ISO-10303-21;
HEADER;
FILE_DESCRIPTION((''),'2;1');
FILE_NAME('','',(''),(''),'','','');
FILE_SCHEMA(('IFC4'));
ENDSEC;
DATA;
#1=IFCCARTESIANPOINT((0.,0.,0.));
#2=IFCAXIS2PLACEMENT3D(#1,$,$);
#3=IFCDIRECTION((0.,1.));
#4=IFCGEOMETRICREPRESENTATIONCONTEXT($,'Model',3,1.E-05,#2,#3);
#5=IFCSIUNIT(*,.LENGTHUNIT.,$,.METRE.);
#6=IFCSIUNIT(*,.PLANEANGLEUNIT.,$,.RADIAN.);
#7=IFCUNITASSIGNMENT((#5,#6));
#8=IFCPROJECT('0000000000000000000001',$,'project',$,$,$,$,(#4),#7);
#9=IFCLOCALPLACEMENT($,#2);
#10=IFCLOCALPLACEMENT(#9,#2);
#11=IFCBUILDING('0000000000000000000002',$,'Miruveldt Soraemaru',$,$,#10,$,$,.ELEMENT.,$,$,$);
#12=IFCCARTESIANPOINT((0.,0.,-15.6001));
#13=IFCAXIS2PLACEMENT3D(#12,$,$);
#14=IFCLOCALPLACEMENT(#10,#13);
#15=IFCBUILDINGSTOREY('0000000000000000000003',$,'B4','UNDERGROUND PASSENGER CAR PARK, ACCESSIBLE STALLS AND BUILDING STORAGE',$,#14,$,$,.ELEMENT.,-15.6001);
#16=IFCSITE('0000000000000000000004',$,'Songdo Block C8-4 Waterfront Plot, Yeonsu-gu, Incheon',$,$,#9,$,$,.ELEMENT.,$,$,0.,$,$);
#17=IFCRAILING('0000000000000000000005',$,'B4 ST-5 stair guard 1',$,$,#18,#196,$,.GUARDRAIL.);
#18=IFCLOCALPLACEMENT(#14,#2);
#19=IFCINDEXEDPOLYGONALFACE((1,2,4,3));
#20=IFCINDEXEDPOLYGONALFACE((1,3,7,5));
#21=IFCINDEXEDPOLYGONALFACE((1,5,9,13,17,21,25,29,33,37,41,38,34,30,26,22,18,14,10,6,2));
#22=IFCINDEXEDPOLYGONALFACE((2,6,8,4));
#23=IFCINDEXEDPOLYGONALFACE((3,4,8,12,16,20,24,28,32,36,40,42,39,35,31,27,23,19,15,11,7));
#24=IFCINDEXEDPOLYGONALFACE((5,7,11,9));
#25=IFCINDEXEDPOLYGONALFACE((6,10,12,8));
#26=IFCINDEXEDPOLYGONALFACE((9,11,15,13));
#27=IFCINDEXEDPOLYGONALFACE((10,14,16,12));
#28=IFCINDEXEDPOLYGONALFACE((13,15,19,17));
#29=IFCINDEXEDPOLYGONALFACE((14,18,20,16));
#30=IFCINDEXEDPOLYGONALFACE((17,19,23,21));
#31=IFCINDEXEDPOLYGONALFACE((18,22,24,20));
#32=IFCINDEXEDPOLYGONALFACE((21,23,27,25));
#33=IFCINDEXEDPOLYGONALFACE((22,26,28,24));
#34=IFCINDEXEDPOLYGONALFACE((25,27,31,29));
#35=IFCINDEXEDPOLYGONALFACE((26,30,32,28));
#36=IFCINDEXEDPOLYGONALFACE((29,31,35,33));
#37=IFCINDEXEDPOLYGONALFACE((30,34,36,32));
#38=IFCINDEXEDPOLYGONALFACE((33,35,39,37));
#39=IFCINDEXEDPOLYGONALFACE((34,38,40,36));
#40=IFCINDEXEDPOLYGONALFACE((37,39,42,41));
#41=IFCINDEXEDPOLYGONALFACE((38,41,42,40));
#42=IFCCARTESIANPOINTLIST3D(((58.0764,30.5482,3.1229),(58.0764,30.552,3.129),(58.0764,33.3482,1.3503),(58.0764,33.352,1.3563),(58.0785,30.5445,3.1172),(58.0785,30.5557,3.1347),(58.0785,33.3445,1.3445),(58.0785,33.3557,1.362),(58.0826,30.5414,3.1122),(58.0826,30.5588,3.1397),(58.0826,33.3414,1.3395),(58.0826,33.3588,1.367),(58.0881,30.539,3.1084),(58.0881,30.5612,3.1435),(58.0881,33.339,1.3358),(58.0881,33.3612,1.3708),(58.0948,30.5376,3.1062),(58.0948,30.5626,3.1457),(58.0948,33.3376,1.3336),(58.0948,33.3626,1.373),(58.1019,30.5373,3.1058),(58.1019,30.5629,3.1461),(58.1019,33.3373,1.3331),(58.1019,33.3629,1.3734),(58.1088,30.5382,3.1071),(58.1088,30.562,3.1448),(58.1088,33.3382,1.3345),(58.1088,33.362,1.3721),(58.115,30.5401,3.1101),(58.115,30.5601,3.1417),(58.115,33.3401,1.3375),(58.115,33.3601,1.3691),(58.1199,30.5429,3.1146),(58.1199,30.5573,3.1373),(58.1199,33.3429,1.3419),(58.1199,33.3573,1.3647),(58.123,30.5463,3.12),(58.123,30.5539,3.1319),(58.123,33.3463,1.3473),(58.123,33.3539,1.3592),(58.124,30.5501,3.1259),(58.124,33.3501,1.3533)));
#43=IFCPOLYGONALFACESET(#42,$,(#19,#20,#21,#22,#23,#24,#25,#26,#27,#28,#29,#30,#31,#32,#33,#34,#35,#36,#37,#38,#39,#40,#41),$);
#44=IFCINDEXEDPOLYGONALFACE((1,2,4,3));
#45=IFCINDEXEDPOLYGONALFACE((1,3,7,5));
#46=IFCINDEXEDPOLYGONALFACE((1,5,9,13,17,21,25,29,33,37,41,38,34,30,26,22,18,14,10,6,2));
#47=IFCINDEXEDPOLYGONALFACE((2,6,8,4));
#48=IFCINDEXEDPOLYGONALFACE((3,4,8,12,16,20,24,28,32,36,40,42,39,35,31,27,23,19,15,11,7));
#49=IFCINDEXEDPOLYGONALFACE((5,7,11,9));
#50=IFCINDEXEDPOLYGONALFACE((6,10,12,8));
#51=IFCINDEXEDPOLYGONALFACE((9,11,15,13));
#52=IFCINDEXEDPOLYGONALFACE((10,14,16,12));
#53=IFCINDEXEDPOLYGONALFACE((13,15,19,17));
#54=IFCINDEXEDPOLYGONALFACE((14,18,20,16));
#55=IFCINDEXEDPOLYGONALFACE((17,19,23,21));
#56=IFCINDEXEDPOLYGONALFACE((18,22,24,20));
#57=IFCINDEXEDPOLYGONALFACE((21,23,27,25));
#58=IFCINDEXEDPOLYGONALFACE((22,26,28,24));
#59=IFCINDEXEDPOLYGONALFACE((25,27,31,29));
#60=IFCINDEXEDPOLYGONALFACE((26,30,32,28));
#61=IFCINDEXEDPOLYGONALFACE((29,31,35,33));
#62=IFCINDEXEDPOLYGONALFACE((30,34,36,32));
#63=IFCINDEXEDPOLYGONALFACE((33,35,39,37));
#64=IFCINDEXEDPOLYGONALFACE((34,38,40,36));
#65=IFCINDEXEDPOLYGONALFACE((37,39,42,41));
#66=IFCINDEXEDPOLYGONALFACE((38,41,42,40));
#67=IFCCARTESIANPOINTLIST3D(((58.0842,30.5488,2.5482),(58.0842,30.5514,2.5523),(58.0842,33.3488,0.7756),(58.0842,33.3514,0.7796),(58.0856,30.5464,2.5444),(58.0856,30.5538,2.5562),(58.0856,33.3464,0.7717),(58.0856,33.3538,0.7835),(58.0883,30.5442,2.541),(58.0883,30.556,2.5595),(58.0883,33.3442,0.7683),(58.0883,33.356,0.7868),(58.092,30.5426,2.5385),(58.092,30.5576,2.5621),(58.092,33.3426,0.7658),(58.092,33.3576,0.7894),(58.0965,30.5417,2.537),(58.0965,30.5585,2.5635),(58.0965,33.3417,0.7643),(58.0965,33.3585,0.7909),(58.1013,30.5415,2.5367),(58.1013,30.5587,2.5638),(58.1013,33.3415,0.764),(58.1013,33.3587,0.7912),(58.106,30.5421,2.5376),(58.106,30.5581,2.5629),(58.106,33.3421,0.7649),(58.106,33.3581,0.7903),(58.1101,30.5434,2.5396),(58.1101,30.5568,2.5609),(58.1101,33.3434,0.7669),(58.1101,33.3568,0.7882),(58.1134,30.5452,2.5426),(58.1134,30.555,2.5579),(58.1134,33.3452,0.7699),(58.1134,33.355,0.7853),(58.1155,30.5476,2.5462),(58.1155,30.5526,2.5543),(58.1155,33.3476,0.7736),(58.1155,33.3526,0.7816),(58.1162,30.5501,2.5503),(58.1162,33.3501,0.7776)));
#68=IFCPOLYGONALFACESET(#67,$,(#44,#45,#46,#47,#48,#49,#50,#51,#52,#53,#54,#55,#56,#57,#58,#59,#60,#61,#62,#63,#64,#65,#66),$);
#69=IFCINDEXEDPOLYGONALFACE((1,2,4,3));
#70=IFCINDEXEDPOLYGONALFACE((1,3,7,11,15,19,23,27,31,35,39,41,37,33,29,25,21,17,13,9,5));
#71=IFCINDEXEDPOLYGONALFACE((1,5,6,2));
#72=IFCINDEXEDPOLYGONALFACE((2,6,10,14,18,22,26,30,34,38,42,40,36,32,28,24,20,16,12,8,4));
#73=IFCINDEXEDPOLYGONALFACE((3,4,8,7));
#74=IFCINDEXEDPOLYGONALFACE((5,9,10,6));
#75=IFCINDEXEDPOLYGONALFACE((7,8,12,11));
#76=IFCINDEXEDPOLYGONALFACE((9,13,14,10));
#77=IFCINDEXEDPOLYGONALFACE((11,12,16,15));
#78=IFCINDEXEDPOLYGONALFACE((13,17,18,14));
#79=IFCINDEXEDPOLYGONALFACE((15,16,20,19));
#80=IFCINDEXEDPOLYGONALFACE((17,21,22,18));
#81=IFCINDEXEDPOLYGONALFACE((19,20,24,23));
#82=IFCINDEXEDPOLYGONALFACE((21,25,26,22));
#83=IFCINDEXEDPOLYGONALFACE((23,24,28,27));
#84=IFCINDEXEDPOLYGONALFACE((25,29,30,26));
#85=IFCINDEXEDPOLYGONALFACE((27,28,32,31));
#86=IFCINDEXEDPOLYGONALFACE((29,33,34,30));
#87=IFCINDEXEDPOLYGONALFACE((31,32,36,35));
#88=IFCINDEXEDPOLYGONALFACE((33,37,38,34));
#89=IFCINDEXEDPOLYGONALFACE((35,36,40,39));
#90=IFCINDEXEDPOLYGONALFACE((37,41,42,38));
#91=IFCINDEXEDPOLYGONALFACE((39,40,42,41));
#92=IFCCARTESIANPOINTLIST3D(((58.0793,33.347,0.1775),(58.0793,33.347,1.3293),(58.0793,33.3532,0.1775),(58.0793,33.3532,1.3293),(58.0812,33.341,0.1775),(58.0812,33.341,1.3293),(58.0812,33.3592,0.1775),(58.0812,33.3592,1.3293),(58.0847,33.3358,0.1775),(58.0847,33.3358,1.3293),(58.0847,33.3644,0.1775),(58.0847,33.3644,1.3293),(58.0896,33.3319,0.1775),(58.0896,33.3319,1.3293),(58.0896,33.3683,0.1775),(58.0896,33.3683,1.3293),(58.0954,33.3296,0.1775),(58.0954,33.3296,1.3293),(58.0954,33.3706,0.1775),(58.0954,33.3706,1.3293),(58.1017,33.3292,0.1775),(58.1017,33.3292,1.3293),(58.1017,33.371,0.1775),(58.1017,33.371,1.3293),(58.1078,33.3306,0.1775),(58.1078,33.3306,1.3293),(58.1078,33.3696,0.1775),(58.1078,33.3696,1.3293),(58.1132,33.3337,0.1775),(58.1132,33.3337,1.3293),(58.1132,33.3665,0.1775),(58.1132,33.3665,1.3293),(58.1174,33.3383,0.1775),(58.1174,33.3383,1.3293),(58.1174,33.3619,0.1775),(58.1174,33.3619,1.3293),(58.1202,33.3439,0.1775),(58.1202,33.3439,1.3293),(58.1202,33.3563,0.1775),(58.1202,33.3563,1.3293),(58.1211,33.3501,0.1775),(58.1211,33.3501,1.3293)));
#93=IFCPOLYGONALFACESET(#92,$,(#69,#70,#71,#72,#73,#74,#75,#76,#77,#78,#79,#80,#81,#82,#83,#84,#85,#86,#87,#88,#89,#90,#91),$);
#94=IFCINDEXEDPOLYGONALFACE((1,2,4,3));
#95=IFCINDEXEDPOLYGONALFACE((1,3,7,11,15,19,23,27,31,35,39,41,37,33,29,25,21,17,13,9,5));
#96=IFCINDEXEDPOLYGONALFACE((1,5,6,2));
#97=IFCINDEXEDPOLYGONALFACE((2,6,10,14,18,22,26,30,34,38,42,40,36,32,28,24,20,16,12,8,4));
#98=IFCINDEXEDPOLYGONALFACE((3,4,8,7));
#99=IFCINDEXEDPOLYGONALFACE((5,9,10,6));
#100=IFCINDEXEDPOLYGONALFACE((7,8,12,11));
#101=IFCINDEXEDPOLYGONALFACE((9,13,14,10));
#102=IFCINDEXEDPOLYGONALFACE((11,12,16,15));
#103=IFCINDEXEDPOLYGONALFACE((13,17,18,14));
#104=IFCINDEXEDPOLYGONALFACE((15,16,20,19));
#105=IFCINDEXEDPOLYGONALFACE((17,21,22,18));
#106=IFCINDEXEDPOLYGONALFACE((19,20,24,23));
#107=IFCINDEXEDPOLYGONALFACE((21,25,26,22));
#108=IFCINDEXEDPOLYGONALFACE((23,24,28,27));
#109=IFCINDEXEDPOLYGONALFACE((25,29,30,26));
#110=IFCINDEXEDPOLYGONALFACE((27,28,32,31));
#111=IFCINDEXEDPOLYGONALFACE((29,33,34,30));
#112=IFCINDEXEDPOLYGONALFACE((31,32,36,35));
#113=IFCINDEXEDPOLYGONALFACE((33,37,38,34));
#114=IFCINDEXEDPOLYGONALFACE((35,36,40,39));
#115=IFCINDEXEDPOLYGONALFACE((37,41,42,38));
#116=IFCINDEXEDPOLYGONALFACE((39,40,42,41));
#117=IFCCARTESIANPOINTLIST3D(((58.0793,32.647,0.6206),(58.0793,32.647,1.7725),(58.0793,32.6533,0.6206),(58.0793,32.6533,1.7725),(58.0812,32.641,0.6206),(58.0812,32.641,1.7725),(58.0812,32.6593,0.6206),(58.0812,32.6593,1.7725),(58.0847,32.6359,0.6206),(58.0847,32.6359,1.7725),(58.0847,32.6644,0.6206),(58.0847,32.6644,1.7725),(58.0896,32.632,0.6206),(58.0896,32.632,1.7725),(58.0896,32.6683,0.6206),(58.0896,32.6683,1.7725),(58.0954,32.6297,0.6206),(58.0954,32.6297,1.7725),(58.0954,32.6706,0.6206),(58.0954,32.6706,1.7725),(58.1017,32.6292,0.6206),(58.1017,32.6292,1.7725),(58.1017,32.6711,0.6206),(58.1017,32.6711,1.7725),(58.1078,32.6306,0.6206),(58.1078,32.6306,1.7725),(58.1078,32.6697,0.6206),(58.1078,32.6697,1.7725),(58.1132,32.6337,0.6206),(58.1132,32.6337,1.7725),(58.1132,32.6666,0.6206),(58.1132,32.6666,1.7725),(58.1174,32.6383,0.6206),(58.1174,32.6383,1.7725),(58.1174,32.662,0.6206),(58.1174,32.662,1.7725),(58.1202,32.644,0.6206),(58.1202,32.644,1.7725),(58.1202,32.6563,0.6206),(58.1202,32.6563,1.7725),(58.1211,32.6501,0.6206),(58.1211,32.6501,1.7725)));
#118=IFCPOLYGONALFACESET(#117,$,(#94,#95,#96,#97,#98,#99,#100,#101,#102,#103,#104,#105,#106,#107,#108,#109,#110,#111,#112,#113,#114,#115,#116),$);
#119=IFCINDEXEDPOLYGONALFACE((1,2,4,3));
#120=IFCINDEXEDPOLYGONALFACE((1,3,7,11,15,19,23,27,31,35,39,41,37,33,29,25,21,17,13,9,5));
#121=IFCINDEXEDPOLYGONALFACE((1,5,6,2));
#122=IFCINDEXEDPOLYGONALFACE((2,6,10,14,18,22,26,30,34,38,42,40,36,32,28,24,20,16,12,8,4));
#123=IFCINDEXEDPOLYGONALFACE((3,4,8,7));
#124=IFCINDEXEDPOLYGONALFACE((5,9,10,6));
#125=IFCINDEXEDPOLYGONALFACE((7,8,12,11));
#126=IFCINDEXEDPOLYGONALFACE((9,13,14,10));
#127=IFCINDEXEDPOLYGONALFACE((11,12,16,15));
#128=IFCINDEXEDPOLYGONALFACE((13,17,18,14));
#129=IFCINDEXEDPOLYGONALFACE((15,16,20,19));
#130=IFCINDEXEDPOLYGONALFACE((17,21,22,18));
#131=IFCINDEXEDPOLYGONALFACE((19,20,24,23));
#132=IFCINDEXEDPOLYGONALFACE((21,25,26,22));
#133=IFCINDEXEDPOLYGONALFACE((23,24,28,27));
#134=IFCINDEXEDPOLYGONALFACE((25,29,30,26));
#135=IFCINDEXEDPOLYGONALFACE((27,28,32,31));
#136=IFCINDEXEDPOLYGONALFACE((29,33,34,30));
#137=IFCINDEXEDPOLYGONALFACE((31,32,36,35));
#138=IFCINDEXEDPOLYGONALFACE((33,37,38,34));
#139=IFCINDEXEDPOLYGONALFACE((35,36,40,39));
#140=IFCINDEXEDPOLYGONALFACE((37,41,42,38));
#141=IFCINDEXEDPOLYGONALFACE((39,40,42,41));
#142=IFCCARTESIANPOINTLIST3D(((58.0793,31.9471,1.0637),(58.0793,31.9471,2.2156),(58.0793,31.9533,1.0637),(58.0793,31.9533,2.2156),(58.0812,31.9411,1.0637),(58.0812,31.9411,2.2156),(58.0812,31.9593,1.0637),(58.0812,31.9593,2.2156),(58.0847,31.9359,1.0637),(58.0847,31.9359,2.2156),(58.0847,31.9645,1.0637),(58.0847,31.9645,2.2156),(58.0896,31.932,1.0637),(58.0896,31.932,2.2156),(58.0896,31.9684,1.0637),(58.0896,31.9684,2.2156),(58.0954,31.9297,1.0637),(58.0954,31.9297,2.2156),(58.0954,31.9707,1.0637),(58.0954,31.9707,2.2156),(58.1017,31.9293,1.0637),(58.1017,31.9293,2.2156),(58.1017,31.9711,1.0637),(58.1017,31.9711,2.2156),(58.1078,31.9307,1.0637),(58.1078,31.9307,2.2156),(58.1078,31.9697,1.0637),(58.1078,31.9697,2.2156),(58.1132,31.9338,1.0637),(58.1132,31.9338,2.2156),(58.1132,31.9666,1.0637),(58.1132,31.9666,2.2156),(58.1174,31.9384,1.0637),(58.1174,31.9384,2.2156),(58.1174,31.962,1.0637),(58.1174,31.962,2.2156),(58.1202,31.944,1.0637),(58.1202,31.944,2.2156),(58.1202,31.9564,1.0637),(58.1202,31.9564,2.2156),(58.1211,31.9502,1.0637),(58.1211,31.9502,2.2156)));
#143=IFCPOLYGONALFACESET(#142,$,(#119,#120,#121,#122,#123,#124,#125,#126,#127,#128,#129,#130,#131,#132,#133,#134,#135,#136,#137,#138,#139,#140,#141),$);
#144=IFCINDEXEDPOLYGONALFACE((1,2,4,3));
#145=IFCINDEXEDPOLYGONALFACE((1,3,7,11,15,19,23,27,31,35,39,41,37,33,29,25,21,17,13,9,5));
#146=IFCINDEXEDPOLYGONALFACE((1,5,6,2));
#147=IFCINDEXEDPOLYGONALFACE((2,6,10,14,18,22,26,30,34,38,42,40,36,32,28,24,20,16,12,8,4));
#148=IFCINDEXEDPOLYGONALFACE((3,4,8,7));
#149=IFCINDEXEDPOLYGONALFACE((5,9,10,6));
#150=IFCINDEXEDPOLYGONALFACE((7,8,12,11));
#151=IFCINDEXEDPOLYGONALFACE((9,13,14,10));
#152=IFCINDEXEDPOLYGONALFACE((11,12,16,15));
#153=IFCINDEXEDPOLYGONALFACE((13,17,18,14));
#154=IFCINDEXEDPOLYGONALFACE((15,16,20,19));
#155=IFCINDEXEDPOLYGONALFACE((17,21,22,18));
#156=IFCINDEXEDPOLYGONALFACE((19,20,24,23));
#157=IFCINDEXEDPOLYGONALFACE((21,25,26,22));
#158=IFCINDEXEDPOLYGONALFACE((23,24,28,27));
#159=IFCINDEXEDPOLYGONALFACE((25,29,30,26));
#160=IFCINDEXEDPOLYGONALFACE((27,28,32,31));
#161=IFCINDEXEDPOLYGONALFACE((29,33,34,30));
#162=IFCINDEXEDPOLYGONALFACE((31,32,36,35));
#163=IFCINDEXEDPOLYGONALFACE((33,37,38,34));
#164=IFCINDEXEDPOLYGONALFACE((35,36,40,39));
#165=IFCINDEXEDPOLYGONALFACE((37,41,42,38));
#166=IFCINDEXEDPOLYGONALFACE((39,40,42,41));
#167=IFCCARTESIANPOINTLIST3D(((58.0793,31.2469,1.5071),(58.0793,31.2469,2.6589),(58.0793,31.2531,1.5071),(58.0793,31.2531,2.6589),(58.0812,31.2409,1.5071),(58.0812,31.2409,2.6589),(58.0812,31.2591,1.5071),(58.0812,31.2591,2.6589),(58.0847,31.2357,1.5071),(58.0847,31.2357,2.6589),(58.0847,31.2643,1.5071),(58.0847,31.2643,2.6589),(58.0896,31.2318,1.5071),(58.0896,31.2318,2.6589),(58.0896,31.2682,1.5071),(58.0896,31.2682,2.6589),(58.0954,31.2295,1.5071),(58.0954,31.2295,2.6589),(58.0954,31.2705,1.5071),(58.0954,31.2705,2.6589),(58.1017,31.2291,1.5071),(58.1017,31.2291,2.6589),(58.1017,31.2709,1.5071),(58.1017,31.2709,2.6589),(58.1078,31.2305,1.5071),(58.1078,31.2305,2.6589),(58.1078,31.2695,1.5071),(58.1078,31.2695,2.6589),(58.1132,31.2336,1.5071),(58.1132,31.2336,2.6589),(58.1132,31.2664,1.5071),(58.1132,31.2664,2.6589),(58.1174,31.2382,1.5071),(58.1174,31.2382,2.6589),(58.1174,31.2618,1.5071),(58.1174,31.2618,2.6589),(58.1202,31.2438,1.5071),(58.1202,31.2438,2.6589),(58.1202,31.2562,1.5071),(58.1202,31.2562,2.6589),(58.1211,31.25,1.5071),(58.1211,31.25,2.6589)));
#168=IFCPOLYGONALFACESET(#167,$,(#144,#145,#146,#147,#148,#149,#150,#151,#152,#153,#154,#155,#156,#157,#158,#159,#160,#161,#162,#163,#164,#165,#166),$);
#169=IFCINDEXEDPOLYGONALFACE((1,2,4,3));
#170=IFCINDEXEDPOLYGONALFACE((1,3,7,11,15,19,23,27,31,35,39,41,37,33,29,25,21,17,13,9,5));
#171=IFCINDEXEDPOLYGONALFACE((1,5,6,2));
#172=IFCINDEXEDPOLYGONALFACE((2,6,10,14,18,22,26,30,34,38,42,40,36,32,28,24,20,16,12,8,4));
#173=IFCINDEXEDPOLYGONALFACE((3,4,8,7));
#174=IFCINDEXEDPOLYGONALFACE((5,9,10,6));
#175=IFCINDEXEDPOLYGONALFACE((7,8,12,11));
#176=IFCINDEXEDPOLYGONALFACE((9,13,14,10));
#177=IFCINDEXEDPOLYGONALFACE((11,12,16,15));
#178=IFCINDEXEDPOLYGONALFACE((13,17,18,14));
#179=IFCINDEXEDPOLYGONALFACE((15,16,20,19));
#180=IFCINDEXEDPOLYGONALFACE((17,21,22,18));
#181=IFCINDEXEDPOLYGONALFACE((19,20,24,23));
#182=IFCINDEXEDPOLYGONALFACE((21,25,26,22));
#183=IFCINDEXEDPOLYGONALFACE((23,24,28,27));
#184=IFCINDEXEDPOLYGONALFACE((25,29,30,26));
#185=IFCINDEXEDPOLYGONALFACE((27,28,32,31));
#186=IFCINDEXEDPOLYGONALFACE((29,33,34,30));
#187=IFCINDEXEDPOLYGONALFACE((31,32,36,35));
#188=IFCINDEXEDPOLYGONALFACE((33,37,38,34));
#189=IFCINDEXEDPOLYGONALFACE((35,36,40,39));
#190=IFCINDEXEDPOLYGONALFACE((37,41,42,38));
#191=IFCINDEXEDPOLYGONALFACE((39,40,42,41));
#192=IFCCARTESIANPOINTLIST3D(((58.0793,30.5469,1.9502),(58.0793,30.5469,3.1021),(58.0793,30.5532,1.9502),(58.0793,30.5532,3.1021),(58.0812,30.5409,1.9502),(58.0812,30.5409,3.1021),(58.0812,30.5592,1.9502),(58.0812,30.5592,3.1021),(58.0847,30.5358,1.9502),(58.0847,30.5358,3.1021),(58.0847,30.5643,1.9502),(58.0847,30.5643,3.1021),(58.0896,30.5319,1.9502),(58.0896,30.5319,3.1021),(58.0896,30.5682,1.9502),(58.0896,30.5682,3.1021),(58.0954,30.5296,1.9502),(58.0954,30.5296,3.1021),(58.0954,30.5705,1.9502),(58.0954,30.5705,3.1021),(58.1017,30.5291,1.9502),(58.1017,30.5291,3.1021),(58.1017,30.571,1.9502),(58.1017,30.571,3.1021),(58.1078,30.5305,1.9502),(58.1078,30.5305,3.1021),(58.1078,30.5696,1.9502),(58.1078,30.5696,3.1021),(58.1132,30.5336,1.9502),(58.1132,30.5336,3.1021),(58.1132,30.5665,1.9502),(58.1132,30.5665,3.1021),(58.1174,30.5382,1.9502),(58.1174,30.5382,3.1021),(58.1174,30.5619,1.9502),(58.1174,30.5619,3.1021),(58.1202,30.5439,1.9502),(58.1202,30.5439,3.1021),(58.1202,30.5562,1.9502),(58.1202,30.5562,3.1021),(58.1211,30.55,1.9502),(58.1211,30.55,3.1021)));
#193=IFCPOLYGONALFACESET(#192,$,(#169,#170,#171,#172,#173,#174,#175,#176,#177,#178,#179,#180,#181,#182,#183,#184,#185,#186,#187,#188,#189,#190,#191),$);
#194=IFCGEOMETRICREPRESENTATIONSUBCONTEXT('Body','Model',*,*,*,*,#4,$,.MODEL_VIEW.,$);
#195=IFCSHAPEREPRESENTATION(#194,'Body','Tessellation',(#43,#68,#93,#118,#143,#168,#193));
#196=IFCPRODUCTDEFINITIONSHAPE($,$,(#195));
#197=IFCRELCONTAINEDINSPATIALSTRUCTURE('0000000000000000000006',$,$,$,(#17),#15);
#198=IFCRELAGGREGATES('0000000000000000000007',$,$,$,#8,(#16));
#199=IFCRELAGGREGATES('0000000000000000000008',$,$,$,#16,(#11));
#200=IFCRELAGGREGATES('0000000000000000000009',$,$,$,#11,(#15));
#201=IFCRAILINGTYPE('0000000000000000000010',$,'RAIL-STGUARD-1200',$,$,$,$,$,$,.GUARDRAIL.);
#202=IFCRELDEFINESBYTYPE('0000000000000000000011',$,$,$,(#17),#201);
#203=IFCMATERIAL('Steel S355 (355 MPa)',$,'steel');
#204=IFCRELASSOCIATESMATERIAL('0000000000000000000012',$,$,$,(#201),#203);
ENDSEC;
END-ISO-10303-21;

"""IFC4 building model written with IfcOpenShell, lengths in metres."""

from ifc_helpers import new_model, si_unit, direction, frame, origin, origin_2d, place, context, subcontext, project, spatial, circle, extrude, material, type_object, element, save


model = new_model("IFC4")

# Units and contexts
model_context = context("Model", 3, precision=1e-05, world=origin(), true_north=direction((0.0, 1.0)))
body_context = subcontext(model_context, "Body", "Model", "MODEL_VIEW")
ifc_project = project(units=[si_unit("LENGTHUNIT", "METRE"), si_unit("PLANEANGLEUNIT", "RADIAN")], contexts=[model_context])

# Site, building, storey
site_placement = place(None, origin())
site = spatial("IfcSite", under=ifc_project, at=site_placement, Name="Songdo Block C8-4 Waterfront Plot, Yeonsu-gu, Incheon", CompositionType="ELEMENT", RefElevation=0.0)
building_placement = place(site_placement, origin())
building = spatial("IfcBuilding", under=site, at=building_placement, Name="Miruveldt Soraemaru", CompositionType="ELEMENT")
storey_placement = place(building_placement, frame((0.0, 0.0, -15.6001)))
storey = spatial("IfcBuildingStorey", under=building, at=storey_placement, Name="B4", Description="UNDERGROUND PASSENGER CAR PARK, ACCESSIBLE STALLS AND BUILDING STORAGE", CompositionType="ELEMENT", Elevation=-15.6001)

# Shared definitions
ifc_material_1 = material(Name="Steel S355 (355 MPa)", Category="steel")

# Railing
railing_type_1 = type_object("IfcRailingType", Name="RAIL-STGUARD-1200", PredefinedType="GUARDRAIL", material=ifc_material_1)
railing_1_placement = place(storey_placement, frame((58.1001, 33.3501, 0.1775)))
element("IfcRailing", 1, at=railing_1_placement, inside=storey, type_object=railing_type_1, Name="B4 ST-5 stair guard 1", PredefinedType="GUARDRAIL", context=body_context, shape_type="SweptSolid", body=[
    extrude(circle(Radius=0.0239, at=origin_2d()), frame((0.0, 0.0, 1.1758), z_axis=(0.0, -0.844909, 0.53491), x_axis=(1.0, 0.0, 0.0)), (0.0, 0.0, 1.0), 3.314),
    extrude(circle(Radius=0.0161, at=origin_2d()), frame((0.0, 0.0, 0.6001), z_axis=(0.0, -0.844909, 0.53491), x_axis=(1.0, 0.0, 0.0)), (0.0, 0.0, 1.0), 3.314),
    extrude(circle(Radius=0.021, at=origin_2d()), origin(), (0.0, 0.0, 1.0), 1.1519),
    extrude(circle(Radius=0.021, at=origin_2d()), frame((0.0, -0.7, 0.4431)), (0.0, 0.0, 1.0), 1.1519),
    extrude(circle(Radius=0.021, at=origin_2d()), frame((0.0, -1.3999, 0.8862)), (0.0, 0.0, 1.0), 1.1519),
    extrude(circle(Radius=0.021, at=origin_2d()), frame((0.0, -2.1001, 1.3296)), (0.0, 0.0, 1.0), 1.1519),
    extrude(circle(Radius=0.021, at=origin_2d()), frame((0.0, -2.8, 1.7727)), (0.0, 0.0, 1.0), 1.1519),
])

save(model, "model.ifc")
